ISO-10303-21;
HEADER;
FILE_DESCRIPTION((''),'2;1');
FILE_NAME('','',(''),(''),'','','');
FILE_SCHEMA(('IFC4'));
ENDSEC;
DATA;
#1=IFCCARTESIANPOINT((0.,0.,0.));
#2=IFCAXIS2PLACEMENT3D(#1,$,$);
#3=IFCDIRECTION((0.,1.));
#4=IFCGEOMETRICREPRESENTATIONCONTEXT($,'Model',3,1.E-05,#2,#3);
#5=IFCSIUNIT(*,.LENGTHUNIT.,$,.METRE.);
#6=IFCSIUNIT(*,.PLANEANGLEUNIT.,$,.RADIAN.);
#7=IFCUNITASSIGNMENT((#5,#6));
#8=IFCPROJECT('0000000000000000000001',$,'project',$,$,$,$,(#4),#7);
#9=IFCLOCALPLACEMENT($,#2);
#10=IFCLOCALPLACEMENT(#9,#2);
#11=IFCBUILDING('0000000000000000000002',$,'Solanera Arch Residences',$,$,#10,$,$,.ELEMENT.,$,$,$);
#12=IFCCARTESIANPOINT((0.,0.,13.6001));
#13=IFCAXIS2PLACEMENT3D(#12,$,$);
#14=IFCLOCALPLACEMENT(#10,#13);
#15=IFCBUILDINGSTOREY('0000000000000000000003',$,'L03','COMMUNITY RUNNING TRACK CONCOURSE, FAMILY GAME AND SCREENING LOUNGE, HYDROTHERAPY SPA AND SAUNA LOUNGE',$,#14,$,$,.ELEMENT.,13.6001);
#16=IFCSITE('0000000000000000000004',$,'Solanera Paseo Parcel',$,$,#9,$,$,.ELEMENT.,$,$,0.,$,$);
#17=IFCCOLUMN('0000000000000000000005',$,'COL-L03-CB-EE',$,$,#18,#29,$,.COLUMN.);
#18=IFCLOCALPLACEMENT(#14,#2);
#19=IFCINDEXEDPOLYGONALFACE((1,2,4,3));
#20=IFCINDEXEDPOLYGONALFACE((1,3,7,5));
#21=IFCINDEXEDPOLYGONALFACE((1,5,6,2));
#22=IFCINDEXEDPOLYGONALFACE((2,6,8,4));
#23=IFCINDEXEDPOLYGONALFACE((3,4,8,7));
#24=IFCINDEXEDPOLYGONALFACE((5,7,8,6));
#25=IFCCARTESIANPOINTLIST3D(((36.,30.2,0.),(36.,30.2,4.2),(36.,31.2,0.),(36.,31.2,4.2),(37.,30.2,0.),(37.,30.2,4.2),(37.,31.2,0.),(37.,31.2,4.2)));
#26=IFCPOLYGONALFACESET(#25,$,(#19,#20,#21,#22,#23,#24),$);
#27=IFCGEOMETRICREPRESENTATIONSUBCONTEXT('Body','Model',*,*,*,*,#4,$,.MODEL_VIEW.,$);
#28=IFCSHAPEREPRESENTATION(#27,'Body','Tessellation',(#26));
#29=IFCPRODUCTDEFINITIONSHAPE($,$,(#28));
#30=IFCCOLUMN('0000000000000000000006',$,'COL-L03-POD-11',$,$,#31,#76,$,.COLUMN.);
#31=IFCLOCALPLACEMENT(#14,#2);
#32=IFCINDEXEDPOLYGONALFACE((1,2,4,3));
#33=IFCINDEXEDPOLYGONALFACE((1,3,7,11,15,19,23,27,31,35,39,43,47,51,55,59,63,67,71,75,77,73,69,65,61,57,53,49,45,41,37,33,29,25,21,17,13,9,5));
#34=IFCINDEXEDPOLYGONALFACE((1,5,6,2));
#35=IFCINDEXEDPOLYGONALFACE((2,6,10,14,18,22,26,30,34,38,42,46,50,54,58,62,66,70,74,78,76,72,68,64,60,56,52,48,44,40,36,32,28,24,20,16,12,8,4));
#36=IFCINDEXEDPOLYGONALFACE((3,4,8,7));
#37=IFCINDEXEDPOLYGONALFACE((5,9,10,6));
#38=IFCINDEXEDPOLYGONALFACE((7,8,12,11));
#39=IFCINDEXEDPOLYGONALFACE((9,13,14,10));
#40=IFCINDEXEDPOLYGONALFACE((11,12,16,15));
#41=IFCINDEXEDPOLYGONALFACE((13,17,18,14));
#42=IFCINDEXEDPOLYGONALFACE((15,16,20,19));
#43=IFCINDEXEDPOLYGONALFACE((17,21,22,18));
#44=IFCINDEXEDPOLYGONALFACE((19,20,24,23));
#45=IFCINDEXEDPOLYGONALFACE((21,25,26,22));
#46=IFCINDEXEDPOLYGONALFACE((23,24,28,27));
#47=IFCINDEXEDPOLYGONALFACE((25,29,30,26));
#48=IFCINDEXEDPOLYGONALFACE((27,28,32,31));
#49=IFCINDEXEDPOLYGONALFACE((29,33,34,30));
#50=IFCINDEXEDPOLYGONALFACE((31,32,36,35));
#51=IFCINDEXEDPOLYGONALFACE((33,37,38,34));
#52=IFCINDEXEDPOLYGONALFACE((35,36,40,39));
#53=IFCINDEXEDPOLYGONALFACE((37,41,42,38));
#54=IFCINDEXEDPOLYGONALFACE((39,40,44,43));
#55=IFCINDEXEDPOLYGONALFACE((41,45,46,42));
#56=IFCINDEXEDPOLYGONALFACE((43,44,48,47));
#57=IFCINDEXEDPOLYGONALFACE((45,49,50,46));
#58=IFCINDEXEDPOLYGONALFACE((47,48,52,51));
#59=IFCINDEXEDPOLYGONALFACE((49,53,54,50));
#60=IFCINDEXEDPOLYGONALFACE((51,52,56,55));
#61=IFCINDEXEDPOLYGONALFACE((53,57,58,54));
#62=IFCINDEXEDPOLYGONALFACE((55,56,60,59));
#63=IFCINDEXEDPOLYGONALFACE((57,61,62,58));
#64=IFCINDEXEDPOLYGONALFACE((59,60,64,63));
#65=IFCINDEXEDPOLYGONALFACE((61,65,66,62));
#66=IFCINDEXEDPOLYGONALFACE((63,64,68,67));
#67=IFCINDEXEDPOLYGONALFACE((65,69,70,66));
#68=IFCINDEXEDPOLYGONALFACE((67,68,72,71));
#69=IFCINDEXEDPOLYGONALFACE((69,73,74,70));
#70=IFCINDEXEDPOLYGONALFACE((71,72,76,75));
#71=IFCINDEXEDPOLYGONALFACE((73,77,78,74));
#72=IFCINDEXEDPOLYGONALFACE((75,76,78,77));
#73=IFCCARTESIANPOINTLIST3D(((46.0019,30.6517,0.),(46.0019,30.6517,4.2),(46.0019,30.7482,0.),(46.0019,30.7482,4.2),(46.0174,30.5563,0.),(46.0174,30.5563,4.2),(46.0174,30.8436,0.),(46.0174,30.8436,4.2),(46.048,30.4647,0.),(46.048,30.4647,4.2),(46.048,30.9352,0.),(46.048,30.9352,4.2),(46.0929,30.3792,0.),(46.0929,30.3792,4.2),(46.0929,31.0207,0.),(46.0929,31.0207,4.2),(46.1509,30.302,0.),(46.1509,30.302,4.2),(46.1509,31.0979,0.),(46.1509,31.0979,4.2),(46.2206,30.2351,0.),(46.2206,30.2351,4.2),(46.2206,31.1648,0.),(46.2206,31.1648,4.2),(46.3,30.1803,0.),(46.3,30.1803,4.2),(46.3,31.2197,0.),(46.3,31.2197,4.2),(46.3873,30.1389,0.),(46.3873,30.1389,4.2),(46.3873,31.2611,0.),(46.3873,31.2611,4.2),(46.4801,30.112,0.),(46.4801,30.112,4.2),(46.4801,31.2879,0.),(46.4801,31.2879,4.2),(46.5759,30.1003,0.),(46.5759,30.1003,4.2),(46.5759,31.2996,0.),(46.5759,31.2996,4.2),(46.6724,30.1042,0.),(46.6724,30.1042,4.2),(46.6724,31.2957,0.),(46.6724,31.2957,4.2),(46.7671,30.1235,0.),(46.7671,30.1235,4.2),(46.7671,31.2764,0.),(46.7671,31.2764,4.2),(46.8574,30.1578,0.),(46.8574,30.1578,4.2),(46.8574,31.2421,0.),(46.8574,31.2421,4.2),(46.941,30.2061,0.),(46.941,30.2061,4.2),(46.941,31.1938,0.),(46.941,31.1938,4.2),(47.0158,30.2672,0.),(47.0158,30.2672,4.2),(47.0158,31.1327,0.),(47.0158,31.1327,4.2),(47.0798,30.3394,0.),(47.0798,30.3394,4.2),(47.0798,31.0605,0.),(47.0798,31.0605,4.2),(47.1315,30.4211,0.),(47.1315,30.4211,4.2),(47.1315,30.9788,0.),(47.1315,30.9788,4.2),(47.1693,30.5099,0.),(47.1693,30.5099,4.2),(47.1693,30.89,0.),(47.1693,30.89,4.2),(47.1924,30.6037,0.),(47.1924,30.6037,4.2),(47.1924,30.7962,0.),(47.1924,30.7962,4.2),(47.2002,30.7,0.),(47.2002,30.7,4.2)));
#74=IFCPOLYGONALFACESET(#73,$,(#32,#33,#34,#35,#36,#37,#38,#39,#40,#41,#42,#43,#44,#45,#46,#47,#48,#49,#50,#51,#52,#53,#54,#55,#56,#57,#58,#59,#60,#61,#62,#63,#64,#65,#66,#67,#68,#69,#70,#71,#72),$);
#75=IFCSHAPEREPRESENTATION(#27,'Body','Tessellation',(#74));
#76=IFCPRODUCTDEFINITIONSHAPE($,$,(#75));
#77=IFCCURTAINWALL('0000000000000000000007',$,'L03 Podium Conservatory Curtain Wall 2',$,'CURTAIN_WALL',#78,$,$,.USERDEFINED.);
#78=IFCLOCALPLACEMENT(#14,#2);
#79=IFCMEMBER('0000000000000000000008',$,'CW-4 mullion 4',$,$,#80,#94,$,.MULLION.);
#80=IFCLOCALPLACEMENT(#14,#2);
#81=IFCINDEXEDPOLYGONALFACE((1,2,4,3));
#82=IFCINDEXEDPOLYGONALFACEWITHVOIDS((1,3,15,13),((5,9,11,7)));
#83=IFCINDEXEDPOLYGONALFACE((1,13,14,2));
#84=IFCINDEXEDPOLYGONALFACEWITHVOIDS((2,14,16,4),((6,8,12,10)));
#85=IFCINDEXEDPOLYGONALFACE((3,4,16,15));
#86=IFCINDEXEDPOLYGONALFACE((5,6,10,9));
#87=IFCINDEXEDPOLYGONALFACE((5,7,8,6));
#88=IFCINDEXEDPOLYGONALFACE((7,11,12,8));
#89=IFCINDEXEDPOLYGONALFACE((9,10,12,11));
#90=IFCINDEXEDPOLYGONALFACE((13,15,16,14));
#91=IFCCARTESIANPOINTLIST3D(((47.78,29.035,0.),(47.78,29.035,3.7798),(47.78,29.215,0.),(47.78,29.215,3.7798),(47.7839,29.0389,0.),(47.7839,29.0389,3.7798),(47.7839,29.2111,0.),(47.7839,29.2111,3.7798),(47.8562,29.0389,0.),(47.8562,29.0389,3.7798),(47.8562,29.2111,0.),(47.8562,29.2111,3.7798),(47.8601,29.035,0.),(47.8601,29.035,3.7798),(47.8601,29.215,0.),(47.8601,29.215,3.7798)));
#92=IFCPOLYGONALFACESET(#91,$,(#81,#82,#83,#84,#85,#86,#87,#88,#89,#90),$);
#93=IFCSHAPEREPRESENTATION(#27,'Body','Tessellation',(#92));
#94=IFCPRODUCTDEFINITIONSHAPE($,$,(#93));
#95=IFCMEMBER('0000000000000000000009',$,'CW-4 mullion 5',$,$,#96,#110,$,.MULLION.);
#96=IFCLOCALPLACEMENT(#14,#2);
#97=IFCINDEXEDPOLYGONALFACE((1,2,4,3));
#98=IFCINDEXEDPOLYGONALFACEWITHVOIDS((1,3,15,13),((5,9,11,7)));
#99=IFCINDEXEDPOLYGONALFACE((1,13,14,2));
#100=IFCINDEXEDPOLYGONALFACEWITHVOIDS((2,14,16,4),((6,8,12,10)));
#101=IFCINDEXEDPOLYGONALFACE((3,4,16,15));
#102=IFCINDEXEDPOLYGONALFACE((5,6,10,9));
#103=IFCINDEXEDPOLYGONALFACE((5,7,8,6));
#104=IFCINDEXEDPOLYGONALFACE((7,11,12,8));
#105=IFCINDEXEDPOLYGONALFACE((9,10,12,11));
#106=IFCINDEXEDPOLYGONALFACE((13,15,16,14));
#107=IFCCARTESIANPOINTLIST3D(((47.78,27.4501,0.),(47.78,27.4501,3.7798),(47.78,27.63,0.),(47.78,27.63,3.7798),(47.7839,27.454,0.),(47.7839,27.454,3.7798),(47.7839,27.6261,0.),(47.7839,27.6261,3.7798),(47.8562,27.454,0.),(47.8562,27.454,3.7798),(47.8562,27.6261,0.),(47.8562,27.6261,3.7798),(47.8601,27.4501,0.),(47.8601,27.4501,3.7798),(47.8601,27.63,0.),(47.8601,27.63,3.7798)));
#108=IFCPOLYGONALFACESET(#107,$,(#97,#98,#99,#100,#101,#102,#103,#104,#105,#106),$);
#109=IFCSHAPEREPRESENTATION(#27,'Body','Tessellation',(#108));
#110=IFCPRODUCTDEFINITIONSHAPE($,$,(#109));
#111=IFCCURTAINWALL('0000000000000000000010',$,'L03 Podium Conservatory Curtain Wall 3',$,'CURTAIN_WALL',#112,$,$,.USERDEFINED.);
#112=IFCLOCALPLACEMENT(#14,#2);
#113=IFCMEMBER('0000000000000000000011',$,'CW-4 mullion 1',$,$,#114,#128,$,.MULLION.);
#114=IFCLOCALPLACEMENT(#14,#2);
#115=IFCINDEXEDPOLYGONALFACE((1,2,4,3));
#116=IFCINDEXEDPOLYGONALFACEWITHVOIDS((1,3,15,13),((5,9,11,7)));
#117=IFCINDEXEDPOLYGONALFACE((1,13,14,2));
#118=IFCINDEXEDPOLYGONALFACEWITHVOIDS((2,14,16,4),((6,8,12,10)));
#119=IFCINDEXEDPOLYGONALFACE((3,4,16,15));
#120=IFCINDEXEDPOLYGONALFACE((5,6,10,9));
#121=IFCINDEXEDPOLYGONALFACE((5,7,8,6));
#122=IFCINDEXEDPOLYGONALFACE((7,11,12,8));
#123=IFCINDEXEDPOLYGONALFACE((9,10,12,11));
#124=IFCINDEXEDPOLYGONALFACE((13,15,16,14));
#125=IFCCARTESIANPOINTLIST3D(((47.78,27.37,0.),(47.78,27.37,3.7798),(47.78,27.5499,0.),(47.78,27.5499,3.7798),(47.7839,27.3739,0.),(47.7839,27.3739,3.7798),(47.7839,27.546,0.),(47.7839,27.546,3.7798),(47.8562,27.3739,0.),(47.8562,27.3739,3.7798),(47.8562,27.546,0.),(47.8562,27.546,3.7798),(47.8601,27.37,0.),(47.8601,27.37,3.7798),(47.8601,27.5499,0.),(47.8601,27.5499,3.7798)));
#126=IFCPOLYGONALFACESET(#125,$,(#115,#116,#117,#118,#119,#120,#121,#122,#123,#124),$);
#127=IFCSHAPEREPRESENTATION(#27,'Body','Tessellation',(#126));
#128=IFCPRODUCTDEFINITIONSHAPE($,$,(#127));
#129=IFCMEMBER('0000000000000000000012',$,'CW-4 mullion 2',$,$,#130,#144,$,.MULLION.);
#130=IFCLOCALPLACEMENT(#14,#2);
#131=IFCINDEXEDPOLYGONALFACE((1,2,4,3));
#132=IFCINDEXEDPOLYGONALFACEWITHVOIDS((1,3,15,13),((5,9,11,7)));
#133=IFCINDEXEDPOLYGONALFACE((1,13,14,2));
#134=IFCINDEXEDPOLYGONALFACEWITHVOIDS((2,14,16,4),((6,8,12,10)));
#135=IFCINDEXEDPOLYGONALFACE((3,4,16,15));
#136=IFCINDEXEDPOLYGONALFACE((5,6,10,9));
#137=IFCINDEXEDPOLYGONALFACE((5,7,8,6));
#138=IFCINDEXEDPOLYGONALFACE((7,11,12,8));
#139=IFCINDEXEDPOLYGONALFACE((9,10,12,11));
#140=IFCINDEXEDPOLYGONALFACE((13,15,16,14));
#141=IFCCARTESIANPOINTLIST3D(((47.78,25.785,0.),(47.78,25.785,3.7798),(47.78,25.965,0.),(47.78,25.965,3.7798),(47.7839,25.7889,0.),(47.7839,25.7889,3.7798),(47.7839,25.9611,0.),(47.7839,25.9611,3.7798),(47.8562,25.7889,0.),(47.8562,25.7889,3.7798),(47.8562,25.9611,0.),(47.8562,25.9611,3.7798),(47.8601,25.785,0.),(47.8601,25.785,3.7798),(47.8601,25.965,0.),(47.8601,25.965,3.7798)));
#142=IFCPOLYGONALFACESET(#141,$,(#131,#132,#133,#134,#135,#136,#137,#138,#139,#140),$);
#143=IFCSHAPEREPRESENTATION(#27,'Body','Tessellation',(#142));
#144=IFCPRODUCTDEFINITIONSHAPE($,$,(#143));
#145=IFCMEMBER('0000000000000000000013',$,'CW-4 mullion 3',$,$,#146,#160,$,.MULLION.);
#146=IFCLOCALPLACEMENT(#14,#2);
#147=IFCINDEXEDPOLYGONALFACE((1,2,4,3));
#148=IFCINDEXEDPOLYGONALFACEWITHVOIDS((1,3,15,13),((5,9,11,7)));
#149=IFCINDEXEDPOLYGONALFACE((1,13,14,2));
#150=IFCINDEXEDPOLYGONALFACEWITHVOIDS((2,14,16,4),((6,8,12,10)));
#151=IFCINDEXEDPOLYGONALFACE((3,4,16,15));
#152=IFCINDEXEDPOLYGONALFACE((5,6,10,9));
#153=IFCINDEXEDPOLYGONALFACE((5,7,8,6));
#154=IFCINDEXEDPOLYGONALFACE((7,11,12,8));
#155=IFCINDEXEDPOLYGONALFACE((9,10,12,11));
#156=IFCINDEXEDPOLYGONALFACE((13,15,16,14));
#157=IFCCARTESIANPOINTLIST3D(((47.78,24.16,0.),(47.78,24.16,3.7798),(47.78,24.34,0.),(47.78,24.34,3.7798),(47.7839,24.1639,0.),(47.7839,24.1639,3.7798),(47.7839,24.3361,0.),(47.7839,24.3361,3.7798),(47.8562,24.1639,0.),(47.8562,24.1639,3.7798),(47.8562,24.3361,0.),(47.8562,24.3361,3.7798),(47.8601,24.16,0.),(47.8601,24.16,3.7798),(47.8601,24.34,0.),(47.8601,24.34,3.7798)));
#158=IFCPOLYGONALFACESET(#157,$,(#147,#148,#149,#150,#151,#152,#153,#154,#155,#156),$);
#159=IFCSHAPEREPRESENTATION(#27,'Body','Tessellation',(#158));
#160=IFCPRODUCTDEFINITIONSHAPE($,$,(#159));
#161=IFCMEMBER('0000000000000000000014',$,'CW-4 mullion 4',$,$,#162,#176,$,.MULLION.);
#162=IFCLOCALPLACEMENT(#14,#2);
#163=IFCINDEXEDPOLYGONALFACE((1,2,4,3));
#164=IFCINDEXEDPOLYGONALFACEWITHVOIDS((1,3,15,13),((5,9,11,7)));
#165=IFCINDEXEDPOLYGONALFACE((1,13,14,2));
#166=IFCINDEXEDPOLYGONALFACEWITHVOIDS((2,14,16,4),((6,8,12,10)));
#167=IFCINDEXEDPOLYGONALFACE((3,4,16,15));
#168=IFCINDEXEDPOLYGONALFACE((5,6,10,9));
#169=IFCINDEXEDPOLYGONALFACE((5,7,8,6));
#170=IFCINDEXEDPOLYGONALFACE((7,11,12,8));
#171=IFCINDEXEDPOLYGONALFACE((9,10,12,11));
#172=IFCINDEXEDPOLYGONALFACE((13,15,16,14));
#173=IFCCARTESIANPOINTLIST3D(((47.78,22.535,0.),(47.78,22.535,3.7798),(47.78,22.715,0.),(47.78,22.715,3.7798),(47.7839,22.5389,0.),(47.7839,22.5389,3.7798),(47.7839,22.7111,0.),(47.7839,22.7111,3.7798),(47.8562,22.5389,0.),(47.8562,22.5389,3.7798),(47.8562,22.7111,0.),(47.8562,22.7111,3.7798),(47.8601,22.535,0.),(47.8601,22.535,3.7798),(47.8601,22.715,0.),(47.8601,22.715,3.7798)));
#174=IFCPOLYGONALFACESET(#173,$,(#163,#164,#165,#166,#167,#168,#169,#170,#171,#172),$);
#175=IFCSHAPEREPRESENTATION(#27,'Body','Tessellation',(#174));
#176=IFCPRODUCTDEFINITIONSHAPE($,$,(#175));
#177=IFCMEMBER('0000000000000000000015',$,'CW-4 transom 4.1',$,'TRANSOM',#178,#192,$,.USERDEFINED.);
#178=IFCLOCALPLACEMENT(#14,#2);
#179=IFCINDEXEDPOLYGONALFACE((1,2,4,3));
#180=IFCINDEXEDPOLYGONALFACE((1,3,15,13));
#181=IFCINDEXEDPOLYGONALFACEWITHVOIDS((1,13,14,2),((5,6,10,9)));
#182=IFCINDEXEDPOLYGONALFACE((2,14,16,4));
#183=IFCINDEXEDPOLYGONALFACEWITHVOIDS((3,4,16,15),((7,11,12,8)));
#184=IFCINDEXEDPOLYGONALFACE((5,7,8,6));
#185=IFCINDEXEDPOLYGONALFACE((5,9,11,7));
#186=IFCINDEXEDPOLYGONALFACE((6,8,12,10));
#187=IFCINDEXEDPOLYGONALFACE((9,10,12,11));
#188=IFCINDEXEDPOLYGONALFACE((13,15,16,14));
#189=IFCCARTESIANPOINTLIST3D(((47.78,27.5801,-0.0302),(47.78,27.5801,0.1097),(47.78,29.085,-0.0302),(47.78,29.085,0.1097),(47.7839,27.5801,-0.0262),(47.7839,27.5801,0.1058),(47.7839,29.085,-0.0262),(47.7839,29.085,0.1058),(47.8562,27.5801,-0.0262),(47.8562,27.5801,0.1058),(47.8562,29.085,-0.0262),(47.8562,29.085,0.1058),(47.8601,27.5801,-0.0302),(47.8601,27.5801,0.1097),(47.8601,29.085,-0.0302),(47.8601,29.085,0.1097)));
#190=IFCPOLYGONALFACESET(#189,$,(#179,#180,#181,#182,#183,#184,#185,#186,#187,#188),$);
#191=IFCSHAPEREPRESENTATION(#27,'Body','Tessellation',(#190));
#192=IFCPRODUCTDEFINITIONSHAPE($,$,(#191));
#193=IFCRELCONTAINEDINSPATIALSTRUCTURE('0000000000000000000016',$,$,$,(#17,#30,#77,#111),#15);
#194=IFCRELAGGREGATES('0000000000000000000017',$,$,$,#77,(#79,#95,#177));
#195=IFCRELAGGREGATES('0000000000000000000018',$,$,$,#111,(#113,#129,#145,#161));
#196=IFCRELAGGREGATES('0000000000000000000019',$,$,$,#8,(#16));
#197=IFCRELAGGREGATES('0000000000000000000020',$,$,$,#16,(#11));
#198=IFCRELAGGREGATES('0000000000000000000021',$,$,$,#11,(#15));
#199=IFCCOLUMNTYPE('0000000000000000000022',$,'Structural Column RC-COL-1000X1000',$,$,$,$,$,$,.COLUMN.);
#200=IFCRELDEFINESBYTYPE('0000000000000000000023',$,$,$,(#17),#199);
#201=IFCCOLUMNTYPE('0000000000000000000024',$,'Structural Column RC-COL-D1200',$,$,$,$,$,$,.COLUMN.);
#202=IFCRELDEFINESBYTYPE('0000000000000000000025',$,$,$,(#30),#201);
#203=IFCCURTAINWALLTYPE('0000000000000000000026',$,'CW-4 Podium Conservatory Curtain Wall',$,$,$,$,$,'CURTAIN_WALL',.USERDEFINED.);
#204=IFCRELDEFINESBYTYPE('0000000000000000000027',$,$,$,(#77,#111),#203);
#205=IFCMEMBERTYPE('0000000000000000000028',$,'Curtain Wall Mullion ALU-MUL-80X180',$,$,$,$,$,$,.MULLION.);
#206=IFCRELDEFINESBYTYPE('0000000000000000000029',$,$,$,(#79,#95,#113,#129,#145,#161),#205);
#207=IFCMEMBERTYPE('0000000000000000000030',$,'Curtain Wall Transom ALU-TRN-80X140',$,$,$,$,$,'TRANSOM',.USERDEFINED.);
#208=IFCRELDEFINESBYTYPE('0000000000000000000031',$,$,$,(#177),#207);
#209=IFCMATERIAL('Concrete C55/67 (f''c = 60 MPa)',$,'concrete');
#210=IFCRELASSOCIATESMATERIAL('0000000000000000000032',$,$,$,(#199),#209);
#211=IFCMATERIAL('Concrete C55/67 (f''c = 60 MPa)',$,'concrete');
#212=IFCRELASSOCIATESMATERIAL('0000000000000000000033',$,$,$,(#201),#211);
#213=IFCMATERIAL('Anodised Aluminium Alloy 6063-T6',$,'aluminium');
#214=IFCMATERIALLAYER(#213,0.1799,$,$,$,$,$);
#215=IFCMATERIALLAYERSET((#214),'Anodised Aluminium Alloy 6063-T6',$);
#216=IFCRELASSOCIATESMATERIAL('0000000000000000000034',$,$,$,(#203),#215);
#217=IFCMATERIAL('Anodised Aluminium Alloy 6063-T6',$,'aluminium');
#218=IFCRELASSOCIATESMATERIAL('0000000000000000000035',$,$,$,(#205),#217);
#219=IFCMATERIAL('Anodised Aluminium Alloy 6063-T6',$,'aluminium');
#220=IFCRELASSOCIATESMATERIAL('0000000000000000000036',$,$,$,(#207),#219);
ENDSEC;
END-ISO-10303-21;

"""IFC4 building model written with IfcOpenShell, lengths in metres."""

from ifc_helpers import new_model, si_unit, direction, frame, origin, origin_2d, place, context, subcontext, project, spatial, rectangle, hollow_rectangle, circle, extrude, material, layer, layer_set, material_profile, profile_set, type_object, element, aggregate, save


model = new_model("IFC4")

# Units and contexts
model_context = context("Model", 3, precision=1e-05, world=origin(), true_north=direction((0.0, 1.0)))
body_context = subcontext(model_context, "Body", "Model", "MODEL_VIEW")
ifc_project = project(units=[si_unit("LENGTHUNIT", "METRE"), si_unit("PLANEANGLEUNIT", "RADIAN")], contexts=[model_context])

# Site, building, storey
site_placement = place(None, origin())
site = spatial("IfcSite", under=ifc_project, at=site_placement, Name="Solanera Paseo Parcel", CompositionType="ELEMENT", RefElevation=0.0)
building_placement = place(site_placement, origin())
building = spatial("IfcBuilding", under=site, at=building_placement, Name="Solanera Arch Residences", CompositionType="ELEMENT")
storey_placement = place(building_placement, frame((0.0, 0.0, 13.6001)))
storey = spatial("IfcBuildingStorey", under=building, at=storey_placement, Name="L03", Description="COMMUNITY RUNNING TRACK CONCOURSE, FAMILY GAME AND SCREENING LOUNGE, HYDROTHERAPY SPA AND SAUNA LOUNGE", CompositionType="ELEMENT", Elevation=13.6001)

# Columns
ifc_material_1 = material(Name="Concrete C55/67 (f'c = 60 MPa)", Category="concrete")
ifc_material_profile_1 = material_profile(ifc_material_1, rectangle(XDim=1.0, YDim=1.0, at=origin_2d()))
ifc_profile_set_1 = profile_set([ifc_material_profile_1], Name="Concrete C55/67 (f'c = 60 MPa)")
column_type_1 = type_object("IfcColumnType", Name="Structural Column RC-COL-1000X1000", PredefinedType="COLUMN", material=ifc_profile_set_1)
column_1_placement = place(storey_placement, frame((36.5, 30.7, 0.0), z_axis=(0.0, 0.0, 1.0), x_axis=(1.0, 0.0, 0.0)))
element("IfcColumn", 1, at=column_1_placement, inside=storey, type_object=column_type_1, Name="COL-L03-CB-EE", PredefinedType="COLUMN", context=body_context, shape_type="SweptSolid", body=[
    extrude(rectangle(XDim=1.0, YDim=1.0, at=origin_2d()), origin(), (0.0, 0.0, 1.0), 4.2),
])
ifc_material_2 = material(Name="Concrete C55/67 (f'c = 60 MPa)", Category="concrete")
ifc_material_profile_2 = material_profile(ifc_material_2, circle(Radius=0.6001, at=origin_2d()))
ifc_profile_set_2 = profile_set([ifc_material_profile_2], Name="Concrete C55/67 (f'c = 60 MPa)")
column_type_2 = type_object("IfcColumnType", Name="Structural Column RC-COL-D1200", PredefinedType="COLUMN", material=ifc_profile_set_2)
column_2_placement = place(storey_placement, frame((46.6001, 30.7, 0.0), z_axis=(0.0, 0.0, 1.0), x_axis=(1.0, 0.0, 0.0)))
element("IfcColumn", 2, at=column_2_placement, inside=storey, type_object=column_type_2, Name="COL-L03-POD-11", PredefinedType="COLUMN", context=body_context, shape_type="SweptSolid", body=[
    extrude(circle(Radius=0.6001, at=origin_2d()), origin(), (0.0, 0.0, 1.0), 4.2),
])

# Curtain walls, members
ifc_material_3 = material(Name="Anodised Aluminium Alloy 6063-T6", Category="aluminium")
ifc_layer_1 = layer(ifc_material_3, 0.1799)
ifc_layer_set_1 = layer_set([ifc_layer_1], Name="Anodised Aluminium Alloy 6063-T6")
curtain_wall_type = type_object("IfcCurtainWallType", Name="CW-4 Podium Conservatory Curtain Wall", ElementType="CURTAIN_WALL", PredefinedType="USERDEFINED", material=ifc_layer_set_1)
curtain_wall_1_placement = place(storey_placement, origin())
curtain_wall_1 = element("IfcCurtainWall", 3, at=curtain_wall_1_placement, inside=storey, type_object=curtain_wall_type, Name="L03 Podium Conservatory Curtain Wall 2", ObjectType="CURTAIN_WALL", PredefinedType="USERDEFINED")
ifc_material_4 = material(Name="Anodised Aluminium Alloy 6063-T6", Category="aluminium")
ifc_material_profile_3 = material_profile(ifc_material_4, hollow_rectangle(XDim=0.0801, YDim=0.1799, WallThickness=0.0039, at=origin_2d()))
ifc_profile_set_3 = profile_set([ifc_material_profile_3], Name="Anodised Aluminium Alloy 6063-T6")
member_type_1 = type_object("IfcMemberType", Name="Curtain Wall Mullion ALU-MUL-80X180", PredefinedType="MULLION", material=ifc_profile_set_3)
member_1_placement = place(storey_placement, frame((47.8201, 29.125, 0.0), z_axis=(0.0, 0.0, 1.0), x_axis=(1.0, 0.0, 0.0)))
member_1 = element("IfcMember", 4, at=member_1_placement, type_object=member_type_1, Name="CW-4 mullion 4", PredefinedType="MULLION", context=body_context, shape_type="SweptSolid", body=[
    extrude(hollow_rectangle(XDim=0.0801, YDim=0.1799, WallThickness=0.0039, at=origin_2d()), origin(), (0.0, 0.0, 1.0), 3.7798),
])
member_2_placement = place(storey_placement, frame((47.8201, 27.54, 0.0), z_axis=(0.0, 0.0, 1.0), x_axis=(1.0, 0.0, 0.0)))
member_2 = element("IfcMember", 5, at=member_2_placement, type_object=member_type_1, Name="CW-4 mullion 5", PredefinedType="MULLION", context=body_context, shape_type="SweptSolid", body=[
    extrude(hollow_rectangle(XDim=0.0801, YDim=0.1799, WallThickness=0.0039, at=origin_2d()), origin(), (0.0, 0.0, 1.0), 3.7798),
])
curtain_wall_2_placement = place(storey_placement, origin())
curtain_wall_2 = element("IfcCurtainWall", 6, at=curtain_wall_2_placement, inside=storey, type_object=curtain_wall_type, Name="L03 Podium Conservatory Curtain Wall 3", ObjectType="CURTAIN_WALL", PredefinedType="USERDEFINED")
member_3_placement = place(storey_placement, frame((47.8201, 27.46, 0.0), z_axis=(0.0, 0.0, 1.0), x_axis=(1.0, 0.0, 0.0)))
member_3 = element("IfcMember", 7, at=member_3_placement, type_object=member_type_1, Name="CW-4 mullion 1", PredefinedType="MULLION", context=body_context, shape_type="SweptSolid", body=[
    extrude(hollow_rectangle(XDim=0.0801, YDim=0.1799, WallThickness=0.0039, at=origin_2d()), origin(), (0.0, 0.0, 1.0), 3.7798),
])
member_4_placement = place(storey_placement, frame((47.8201, 25.875, 0.0), z_axis=(0.0, 0.0, 1.0), x_axis=(1.0, 0.0, 0.0)))
member_4 = element("IfcMember", 8, at=member_4_placement, type_object=member_type_1, Name="CW-4 mullion 2", PredefinedType="MULLION", context=body_context, shape_type="SweptSolid", body=[
    extrude(hollow_rectangle(XDim=0.0801, YDim=0.1799, WallThickness=0.0039, at=origin_2d()), origin(), (0.0, 0.0, 1.0), 3.7798),
])
member_5_placement = place(storey_placement, frame((47.8201, 24.25, 0.0), z_axis=(0.0, 0.0, 1.0), x_axis=(1.0, 0.0, 0.0)))
member_5 = element("IfcMember", 9, at=member_5_placement, type_object=member_type_1, Name="CW-4 mullion 3", PredefinedType="MULLION", context=body_context, shape_type="SweptSolid", body=[
    extrude(hollow_rectangle(XDim=0.0801, YDim=0.1799, WallThickness=0.0039, at=origin_2d()), origin(), (0.0, 0.0, 1.0), 3.7798),
])
member_6_placement = place(storey_placement, frame((47.8201, 22.625, 0.0), z_axis=(0.0, 0.0, 1.0), x_axis=(1.0, 0.0, 0.0)))
member_6 = element("IfcMember", 10, at=member_6_placement, type_object=member_type_1, Name="CW-4 mullion 4", PredefinedType="MULLION", context=body_context, shape_type="SweptSolid", body=[
    extrude(hollow_rectangle(XDim=0.0801, YDim=0.1799, WallThickness=0.0039, at=origin_2d()), origin(), (0.0, 0.0, 1.0), 3.7798),
])

# Member
ifc_material_5 = material(Name="Anodised Aluminium Alloy 6063-T6", Category="aluminium")
ifc_material_profile_4 = material_profile(ifc_material_5, hollow_rectangle(XDim=0.0801, YDim=0.1399, WallThickness=0.0039, at=origin_2d()))
ifc_profile_set_4 = profile_set([ifc_material_profile_4], Name="Anodised Aluminium Alloy 6063-T6")
member_type_2 = type_object("IfcMemberType", Name="Curtain Wall Transom ALU-TRN-80X140", ElementType="TRANSOM", PredefinedType="USERDEFINED", material=ifc_profile_set_4)
member_7_placement = place(storey_placement, frame((47.8201, 29.085, 0.0398), z_axis=(0.0, -1.0, 0.0), x_axis=(1.0, 0.0, 0.0)))
member_7 = element("IfcMember", 11, at=member_7_placement, type_object=member_type_2, Name="CW-4 transom 4.1", ObjectType="TRANSOM", PredefinedType="USERDEFINED", context=body_context, shape_type="SweptSolid", body=[
    extrude(hollow_rectangle(XDim=0.0801, YDim=0.1399, WallThickness=0.0039, at=origin_2d()), origin(), (0.0, 0.0, 1.0), 1.5049),
])

aggregate(curtain_wall_1, [member_1, member_2, member_7])
aggregate(curtain_wall_2, [member_3, member_4, member_5, member_6])

save(model, "model.ifc")
